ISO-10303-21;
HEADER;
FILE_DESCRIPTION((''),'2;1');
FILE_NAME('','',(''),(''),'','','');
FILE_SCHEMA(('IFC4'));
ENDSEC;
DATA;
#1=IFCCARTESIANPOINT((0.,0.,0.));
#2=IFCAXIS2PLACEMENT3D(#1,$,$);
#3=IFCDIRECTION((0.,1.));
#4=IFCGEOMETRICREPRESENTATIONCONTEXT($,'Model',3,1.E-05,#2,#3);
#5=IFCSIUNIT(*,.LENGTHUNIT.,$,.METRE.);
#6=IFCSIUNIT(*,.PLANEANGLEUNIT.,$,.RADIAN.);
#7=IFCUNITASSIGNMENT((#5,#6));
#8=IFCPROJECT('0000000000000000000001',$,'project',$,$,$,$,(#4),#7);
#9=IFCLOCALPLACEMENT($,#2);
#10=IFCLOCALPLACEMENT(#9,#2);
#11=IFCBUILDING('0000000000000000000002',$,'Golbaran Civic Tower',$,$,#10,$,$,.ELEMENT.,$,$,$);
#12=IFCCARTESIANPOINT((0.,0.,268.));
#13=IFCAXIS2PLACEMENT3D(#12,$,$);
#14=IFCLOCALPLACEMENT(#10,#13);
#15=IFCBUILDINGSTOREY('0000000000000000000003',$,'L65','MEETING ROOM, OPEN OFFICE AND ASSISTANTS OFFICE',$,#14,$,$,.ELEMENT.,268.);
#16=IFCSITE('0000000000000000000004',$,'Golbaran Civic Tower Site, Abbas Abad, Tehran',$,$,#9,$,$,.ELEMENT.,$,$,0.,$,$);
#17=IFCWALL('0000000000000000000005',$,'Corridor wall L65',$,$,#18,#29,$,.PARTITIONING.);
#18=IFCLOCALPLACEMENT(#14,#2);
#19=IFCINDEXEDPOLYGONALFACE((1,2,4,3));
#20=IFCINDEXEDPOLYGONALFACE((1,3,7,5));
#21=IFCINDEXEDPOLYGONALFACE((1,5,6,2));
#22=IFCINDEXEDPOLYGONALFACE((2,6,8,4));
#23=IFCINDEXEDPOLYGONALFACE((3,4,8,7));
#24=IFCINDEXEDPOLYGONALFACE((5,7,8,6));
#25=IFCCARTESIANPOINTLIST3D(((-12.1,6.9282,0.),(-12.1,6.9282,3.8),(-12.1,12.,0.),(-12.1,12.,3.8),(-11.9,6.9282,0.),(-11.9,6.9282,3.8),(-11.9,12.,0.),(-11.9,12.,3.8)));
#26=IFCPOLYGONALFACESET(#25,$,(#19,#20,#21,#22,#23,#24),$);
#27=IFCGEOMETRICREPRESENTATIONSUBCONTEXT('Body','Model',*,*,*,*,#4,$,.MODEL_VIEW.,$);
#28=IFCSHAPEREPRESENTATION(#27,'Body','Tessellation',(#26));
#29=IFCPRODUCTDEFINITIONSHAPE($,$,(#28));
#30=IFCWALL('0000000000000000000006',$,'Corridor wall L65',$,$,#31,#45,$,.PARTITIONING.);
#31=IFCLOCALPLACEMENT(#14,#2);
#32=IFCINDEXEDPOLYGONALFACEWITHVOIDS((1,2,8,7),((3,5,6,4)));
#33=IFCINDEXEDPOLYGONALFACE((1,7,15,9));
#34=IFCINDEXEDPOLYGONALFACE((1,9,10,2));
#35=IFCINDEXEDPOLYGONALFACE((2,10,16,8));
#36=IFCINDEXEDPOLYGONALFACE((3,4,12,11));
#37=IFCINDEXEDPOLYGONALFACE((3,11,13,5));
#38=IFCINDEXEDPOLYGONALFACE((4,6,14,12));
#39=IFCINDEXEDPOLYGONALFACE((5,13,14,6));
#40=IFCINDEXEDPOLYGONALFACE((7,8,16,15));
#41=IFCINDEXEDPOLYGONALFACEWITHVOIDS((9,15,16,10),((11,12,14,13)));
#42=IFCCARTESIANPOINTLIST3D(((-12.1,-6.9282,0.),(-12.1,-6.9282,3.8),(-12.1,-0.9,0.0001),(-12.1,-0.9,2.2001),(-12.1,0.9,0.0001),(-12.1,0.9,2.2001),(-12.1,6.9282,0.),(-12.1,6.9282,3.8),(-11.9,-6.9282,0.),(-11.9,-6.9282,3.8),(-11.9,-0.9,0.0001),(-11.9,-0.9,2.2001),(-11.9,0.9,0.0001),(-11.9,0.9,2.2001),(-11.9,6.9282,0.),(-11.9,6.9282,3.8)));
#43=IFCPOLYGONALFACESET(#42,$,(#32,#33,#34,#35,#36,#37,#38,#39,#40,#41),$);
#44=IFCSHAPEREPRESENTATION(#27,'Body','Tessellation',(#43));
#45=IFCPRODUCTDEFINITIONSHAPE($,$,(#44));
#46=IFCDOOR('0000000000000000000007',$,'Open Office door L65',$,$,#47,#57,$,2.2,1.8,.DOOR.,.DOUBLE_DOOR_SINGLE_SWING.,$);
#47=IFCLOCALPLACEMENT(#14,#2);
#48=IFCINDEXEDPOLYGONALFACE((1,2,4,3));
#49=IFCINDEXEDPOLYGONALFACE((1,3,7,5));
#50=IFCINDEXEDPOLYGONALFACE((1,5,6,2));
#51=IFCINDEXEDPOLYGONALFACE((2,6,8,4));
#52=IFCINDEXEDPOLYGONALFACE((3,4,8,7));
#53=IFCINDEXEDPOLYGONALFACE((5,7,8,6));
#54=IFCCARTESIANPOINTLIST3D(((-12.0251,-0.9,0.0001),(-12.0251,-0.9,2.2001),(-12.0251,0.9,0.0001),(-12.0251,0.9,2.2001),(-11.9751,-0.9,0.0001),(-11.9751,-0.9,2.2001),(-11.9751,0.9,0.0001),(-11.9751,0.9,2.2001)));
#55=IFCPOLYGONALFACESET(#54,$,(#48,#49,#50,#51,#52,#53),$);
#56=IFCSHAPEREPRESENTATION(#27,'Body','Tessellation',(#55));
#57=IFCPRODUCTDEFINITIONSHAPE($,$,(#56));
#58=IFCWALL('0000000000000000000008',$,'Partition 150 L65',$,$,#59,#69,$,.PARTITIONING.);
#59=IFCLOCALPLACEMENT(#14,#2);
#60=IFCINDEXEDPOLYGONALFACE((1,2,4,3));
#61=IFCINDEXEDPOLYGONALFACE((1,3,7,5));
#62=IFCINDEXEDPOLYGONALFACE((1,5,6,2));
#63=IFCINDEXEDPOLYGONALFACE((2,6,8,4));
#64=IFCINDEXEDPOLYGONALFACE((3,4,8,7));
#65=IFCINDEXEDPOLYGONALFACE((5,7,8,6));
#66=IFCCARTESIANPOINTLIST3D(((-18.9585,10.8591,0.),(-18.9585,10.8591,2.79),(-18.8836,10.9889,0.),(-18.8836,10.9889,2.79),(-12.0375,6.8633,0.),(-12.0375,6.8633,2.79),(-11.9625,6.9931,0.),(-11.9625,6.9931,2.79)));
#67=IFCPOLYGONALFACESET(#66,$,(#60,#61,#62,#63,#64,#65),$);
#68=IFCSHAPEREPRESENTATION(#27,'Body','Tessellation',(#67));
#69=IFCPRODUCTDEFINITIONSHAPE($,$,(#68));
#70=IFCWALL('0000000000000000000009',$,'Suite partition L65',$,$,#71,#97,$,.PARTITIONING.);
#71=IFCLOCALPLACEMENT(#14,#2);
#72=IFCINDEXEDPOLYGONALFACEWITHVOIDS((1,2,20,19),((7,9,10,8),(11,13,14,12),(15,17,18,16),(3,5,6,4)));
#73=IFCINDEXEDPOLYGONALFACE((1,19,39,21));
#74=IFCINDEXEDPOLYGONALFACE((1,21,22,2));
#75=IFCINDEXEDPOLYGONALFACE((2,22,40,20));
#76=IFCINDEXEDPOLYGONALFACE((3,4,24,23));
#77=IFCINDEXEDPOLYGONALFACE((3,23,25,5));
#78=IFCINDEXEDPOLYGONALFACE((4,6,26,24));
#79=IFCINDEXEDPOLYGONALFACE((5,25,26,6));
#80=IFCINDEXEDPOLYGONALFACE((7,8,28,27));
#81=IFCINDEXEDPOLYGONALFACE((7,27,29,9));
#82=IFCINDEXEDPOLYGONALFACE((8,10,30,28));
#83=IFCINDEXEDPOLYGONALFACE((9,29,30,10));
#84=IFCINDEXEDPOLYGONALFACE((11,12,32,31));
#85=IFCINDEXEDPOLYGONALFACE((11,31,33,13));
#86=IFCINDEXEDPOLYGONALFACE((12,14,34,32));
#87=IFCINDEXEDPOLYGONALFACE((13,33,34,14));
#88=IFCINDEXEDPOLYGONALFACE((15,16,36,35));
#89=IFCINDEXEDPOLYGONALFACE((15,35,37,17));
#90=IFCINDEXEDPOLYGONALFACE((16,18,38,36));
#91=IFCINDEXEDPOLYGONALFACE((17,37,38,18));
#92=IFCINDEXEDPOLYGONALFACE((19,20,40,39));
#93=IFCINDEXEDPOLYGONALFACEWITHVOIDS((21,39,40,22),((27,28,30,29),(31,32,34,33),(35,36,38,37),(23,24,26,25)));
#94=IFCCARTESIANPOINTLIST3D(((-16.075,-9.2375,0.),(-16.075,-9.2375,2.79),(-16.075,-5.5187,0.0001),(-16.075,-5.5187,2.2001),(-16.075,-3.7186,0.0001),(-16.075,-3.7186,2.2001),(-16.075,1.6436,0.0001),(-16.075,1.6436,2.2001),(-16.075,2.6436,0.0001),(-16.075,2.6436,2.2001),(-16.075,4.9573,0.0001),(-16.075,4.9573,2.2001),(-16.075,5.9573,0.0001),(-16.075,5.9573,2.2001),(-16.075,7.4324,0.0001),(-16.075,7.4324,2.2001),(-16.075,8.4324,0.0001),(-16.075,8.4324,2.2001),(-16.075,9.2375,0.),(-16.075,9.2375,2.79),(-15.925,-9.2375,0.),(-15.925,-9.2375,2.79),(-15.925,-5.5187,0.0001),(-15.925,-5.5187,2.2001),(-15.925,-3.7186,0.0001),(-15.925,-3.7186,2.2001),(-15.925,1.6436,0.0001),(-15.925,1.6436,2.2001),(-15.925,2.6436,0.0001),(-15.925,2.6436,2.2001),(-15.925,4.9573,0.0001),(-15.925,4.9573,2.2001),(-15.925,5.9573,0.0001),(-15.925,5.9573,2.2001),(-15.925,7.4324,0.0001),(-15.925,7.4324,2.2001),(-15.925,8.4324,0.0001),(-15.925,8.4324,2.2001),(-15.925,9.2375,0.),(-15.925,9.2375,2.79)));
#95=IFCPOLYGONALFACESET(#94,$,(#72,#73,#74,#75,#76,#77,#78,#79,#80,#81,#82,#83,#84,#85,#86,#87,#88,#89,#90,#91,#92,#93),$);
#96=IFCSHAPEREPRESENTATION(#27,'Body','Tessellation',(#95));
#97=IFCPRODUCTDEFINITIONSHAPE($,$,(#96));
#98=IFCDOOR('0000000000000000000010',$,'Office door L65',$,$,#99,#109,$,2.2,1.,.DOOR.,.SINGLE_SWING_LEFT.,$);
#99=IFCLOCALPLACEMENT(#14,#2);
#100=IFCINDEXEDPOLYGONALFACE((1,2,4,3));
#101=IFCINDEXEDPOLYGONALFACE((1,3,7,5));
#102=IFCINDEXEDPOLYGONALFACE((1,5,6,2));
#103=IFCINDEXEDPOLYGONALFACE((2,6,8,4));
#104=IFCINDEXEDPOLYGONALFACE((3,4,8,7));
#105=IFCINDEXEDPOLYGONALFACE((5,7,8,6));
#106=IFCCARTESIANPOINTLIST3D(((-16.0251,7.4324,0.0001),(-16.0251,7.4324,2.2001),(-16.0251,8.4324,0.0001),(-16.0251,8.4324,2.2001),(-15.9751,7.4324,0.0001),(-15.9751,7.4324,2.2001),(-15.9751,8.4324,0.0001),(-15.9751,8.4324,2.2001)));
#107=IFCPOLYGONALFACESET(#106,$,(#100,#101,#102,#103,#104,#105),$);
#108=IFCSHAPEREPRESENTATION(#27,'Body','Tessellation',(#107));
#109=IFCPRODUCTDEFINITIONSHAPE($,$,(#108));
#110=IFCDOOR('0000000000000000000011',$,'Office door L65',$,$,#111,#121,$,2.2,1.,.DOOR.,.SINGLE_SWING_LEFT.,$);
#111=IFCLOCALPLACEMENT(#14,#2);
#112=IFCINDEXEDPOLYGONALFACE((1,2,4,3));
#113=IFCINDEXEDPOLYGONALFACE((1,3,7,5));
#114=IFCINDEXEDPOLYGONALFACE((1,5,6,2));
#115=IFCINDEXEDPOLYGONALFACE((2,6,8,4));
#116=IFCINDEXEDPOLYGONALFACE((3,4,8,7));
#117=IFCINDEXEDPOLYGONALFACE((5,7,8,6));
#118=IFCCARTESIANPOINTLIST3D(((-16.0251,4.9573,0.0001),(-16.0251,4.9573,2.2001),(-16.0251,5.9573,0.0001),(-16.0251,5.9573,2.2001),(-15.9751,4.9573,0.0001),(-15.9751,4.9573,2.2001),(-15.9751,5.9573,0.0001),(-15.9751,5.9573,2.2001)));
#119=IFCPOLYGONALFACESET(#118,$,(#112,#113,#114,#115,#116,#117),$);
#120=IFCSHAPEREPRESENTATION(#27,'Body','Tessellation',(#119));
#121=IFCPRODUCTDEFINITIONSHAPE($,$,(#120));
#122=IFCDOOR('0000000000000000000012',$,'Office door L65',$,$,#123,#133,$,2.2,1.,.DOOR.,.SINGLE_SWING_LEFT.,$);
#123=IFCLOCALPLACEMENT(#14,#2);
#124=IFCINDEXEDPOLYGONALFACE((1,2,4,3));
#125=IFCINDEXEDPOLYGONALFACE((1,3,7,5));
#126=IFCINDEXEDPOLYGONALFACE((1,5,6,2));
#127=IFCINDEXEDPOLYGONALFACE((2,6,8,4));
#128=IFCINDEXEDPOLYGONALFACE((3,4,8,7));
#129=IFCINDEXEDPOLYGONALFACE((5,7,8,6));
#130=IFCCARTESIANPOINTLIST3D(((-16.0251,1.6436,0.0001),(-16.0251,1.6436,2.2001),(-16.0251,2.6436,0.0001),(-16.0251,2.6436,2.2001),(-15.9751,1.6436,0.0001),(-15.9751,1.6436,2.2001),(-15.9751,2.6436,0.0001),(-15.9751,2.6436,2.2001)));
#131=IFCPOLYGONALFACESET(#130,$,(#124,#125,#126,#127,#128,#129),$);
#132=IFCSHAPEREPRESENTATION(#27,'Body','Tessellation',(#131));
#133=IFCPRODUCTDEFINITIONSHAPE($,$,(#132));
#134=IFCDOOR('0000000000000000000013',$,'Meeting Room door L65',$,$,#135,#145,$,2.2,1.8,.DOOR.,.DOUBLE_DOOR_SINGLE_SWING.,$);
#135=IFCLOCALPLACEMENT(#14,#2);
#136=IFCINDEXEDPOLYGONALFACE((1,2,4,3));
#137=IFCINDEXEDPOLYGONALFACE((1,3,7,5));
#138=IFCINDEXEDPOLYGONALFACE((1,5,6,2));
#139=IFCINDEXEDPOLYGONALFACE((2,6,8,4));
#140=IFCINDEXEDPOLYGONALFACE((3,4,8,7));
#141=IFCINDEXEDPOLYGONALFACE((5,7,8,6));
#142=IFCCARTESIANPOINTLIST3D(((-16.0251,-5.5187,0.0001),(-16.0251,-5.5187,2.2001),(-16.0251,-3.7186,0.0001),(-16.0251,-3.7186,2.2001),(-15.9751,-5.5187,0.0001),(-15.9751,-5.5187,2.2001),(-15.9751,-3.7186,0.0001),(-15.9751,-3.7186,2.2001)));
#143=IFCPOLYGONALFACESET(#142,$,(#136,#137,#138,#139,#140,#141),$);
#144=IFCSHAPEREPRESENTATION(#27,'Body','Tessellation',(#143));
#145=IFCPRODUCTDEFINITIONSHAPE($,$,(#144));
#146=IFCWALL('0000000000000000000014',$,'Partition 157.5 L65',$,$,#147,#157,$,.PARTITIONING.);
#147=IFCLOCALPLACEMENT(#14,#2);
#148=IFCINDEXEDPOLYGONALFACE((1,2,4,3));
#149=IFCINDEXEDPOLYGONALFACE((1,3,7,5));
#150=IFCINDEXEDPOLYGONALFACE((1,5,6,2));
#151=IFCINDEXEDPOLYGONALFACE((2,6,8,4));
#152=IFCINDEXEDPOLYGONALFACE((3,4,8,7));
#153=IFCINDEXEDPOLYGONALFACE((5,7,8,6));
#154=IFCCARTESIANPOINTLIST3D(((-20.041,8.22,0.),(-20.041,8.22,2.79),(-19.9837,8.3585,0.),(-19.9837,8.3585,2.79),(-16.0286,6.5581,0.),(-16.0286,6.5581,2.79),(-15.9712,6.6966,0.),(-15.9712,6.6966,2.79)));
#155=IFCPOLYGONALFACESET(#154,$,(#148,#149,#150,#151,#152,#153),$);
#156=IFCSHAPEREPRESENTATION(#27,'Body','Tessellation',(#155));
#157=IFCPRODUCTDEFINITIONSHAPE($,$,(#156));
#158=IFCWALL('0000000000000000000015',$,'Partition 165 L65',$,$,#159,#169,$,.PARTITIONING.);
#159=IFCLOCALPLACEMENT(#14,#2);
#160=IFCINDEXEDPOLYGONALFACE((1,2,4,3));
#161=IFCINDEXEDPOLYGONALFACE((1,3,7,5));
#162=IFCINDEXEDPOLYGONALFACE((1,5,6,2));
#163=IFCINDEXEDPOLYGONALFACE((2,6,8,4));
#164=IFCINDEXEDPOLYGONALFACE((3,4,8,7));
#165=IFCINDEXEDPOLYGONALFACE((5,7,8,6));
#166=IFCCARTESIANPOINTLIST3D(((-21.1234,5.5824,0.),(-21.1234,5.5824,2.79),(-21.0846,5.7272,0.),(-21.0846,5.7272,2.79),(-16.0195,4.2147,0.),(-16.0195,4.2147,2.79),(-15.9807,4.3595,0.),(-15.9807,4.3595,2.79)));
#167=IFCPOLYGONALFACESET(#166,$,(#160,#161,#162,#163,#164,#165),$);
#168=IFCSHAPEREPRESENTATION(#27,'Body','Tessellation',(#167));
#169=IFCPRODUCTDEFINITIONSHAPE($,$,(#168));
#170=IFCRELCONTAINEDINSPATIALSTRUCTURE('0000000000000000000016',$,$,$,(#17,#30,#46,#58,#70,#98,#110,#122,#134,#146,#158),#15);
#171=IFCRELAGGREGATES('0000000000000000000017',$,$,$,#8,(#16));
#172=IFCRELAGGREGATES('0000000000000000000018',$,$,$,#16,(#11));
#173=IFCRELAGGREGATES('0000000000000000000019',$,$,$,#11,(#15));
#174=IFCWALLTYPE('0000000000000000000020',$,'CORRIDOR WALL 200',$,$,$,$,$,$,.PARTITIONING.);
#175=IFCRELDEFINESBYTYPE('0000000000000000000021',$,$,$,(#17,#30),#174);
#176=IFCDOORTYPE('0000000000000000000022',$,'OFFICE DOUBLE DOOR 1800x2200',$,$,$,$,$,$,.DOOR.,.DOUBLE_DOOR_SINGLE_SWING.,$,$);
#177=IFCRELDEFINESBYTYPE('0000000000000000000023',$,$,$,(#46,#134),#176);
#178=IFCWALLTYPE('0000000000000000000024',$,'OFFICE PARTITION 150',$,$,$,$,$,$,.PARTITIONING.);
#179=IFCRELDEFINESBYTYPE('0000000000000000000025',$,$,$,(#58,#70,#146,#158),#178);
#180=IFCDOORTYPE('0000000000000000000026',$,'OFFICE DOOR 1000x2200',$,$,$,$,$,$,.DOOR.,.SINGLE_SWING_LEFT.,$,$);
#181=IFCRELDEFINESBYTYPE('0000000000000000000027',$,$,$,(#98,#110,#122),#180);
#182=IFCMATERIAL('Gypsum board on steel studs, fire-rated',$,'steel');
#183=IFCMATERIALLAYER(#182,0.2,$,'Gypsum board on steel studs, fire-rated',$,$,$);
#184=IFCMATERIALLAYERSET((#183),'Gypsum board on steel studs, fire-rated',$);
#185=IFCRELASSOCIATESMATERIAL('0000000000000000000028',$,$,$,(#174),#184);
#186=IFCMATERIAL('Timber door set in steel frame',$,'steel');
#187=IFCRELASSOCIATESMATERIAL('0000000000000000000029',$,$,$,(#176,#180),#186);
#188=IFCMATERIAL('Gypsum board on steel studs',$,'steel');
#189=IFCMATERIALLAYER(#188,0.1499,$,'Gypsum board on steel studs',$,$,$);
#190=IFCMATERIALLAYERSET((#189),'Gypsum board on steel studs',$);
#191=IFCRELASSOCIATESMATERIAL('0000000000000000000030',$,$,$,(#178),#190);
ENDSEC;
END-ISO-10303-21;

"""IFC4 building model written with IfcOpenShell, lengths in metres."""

from ifc_helpers import new_model, si_unit, direction, frame, frame_2d, origin, place, context, subcontext, project, spatial, rectangle, extrude, material, layer, layer_set, type_object, element, fill, save


model = new_model("IFC4")

# Units and contexts
model_context = context("Model", 3, precision=1e-05, world=origin(), true_north=direction((0.0, 1.0)))
body_context = subcontext(model_context, "Body", "Model", "MODEL_VIEW")
ifc_project = project(units=[si_unit("LENGTHUNIT", "METRE"), si_unit("PLANEANGLEUNIT", "RADIAN")], contexts=[model_context])

# Site, building, storey
site_placement = place(None, origin())
site = spatial("IfcSite", under=ifc_project, at=site_placement, Name="Golbaran Civic Tower Site, Abbas Abad, Tehran", CompositionType="ELEMENT", RefElevation=0.0)
building_placement = place(site_placement, origin())
building = spatial("IfcBuilding", under=site, at=building_placement, Name="Golbaran Civic Tower", CompositionType="ELEMENT")
storey_placement = place(building_placement, frame((0.0, 0.0, 268.0)))
storey = spatial("IfcBuildingStorey", under=building, at=storey_placement, Name="L65", Description="MEETING ROOM, OPEN OFFICE AND ASSISTANTS OFFICE", CompositionType="ELEMENT", Elevation=268.0)

# Shared definitions
ifc_material_1 = material(Name="Timber door set in steel frame", Category="steel")

# Wall
ifc_material_2 = material(Name="Gypsum board on steel studs, fire-rated", Category="steel")
ifc_layer_1 = layer(ifc_material_2, 0.2, Name="Gypsum board on steel studs, fire-rated")
ifc_layer_set_1 = layer_set([ifc_layer_1], Name="Gypsum board on steel studs, fire-rated")
wall_type_1 = type_object("IfcWallType", Name="CORRIDOR WALL 200", PredefinedType="PARTITIONING", material=ifc_layer_set_1)
wall_1_placement = place(storey_placement, frame((-12.0, 12.0, 0.0), z_axis=(0.0, 0.0, 1.0), x_axis=(0.0, -1.0, 0.0)))
element("IfcWall", 1, at=wall_1_placement, inside=storey, type_object=wall_type_1, Name="Corridor wall L65", PredefinedType="PARTITIONING", context=body_context, shape_type="SweptSolid", body=[
    extrude(rectangle(XDim=5.0718, YDim=0.2, at=frame_2d((2.5359, 0.0))), origin(), (0.0, 0.0, 1.0), 3.8),
])

# Wall, opening, door
wall_2_placement = place(storey_placement, frame((-12.0, 6.9282, 0.0), z_axis=(0.0, 0.0, 1.0), x_axis=(0.0, -1.0, 0.0)))
wall_2 = element("IfcWall", 2, at=wall_2_placement, inside=storey, type_object=wall_type_1, Name="Corridor wall L65", PredefinedType="PARTITIONING", context=body_context, shape_type="SweptSolid", body=[
    extrude(rectangle(XDim=13.8564, YDim=0.2, at=frame_2d((6.9282, 0.0))), origin(), (0.0, 0.0, 1.0), 3.8),
])
opening_1_placement = place(wall_2_placement, frame((6.0283, 0.0, 0.0)))
opening_1 = element("IfcOpeningElement", 3, at=opening_1_placement, cuts=wall_2, PredefinedType="OPENING", context=body_context, shape_type="SweptSolid", body=[
    extrude(rectangle(XDim=1.8, YDim=2.2, at=frame_2d((0.8999, 1.1001))), frame((0.0, 0.1099, 0.0), z_axis=(0.0, -1.0, 0.0), x_axis=(1.0, 0.0, 0.0)), (0.0, 0.0, 1.0), 0.22),
])
door_type_1 = type_object("IfcDoorType", Name="OFFICE DOUBLE DOOR 1800x2200", OperationType="DOUBLE_DOOR_SINGLE_SWING", PredefinedType="DOOR", material=ifc_material_1)
door_1_placement = place(opening_1_placement, origin())
door_1 = element("IfcDoor", 4, at=door_1_placement, inside=storey, type_object=door_type_1, Name="Open Office door L65", OperationType="DOUBLE_DOOR_SINGLE_SWING", OverallHeight=2.2, OverallWidth=1.8, PredefinedType="DOOR", context=body_context, shape_type="SweptSolid", body=[
    extrude(rectangle(XDim=1.8, YDim=2.2, at=frame_2d((0.8999, 1.1001))), frame((0.0, 0.0249, 0.0), z_axis=(0.0, -1.0, 0.0), x_axis=(1.0, 0.0, 0.0)), (0.0, 0.0, 1.0), 0.05),
])
fill(opening_1, door_1)

# Wall
ifc_material_3 = material(Name="Gypsum board on steel studs", Category="steel")
ifc_layer_2 = layer(ifc_material_3, 0.1499, Name="Gypsum board on steel studs")
ifc_layer_set_2 = layer_set([ifc_layer_2], Name="Gypsum board on steel studs")
wall_type_2 = type_object("IfcWallType", Name="OFFICE PARTITION 150", PredefinedType="PARTITIONING", material=ifc_layer_set_2)
wall_3_placement = place(storey_placement, frame((-12.0, 6.9282, 0.0), z_axis=(0.0, 0.0, 1.0), x_axis=(-0.866029, 0.499993, 0.0)))
element("IfcWall", 5, at=wall_3_placement, inside=storey, type_object=wall_type_2, Name="Partition 150 L65", PredefinedType="PARTITIONING", context=body_context, shape_type="SweptSolid", body=[
    extrude(rectangle(XDim=7.9917, YDim=0.1499, at=frame_2d((3.9958, 0.0))), origin(), (0.0, 0.0, 1.0), 2.79),
])

# Wall, openings, doors
wall_4_placement = place(storey_placement, frame((-16.0, 9.2375, 0.0), z_axis=(0.0, 0.0, 1.0), x_axis=(0.0, -1.0, 0.0)))
wall_4 = element("IfcWall", 6, at=wall_4_placement, inside=storey, type_object=wall_type_2, Name="Suite partition L65", PredefinedType="PARTITIONING", context=body_context, shape_type="SweptSolid", body=[
    extrude(rectangle(XDim=18.4751, YDim=0.1499, at=frame_2d((9.2375, 0.0))), origin(), (0.0, 0.0, 1.0), 2.79),
])
opening_2_placement = place(wall_4_placement, frame((0.8052, 0.0, 0.0)))
opening_2 = element("IfcOpeningElement", 7, at=opening_2_placement, cuts=wall_4, PredefinedType="OPENING", context=body_context, shape_type="SweptSolid", body=[
    extrude(rectangle(XDim=1.0, YDim=2.2, at=frame_2d((0.5, 1.1001))), frame((0.0, 0.085, 0.0), z_axis=(0.0, -1.0, 0.0), x_axis=(1.0, 0.0, 0.0)), (0.0, 0.0, 1.0), 0.1699),
])
opening_3_placement = place(wall_4_placement, frame((3.2803, 0.0, 0.0)))
opening_3 = element("IfcOpeningElement", 8, at=opening_3_placement, cuts=wall_4, PredefinedType="OPENING", context=body_context, shape_type="SweptSolid", body=[
    extrude(rectangle(XDim=1.0, YDim=2.2, at=frame_2d((0.5, 1.1001))), frame((0.0, 0.085, 0.0), z_axis=(0.0, -1.0, 0.0), x_axis=(1.0, 0.0, 0.0)), (0.0, 0.0, 1.0), 0.1699),
])
opening_4_placement = place(wall_4_placement, frame((6.594, 0.0, 0.0)))
opening_4 = element("IfcOpeningElement", 9, at=opening_4_placement, cuts=wall_4, PredefinedType="OPENING", context=body_context, shape_type="SweptSolid", body=[
    extrude(rectangle(XDim=1.0, YDim=2.2, at=frame_2d((0.5, 1.1001))), frame((0.0, 0.085, 0.0), z_axis=(0.0, -1.0, 0.0), x_axis=(1.0, 0.0, 0.0)), (0.0, 0.0, 1.0), 0.1699),
])
opening_5_placement = place(wall_4_placement, frame((12.9563, 0.0, 0.0)))
opening_5 = element("IfcOpeningElement", 10, at=opening_5_placement, cuts=wall_4, PredefinedType="OPENING", context=body_context, shape_type="SweptSolid", body=[
    extrude(rectangle(XDim=1.8, YDim=2.2, at=frame_2d((0.8999, 1.1001))), frame((0.0, 0.085, 0.0), z_axis=(0.0, -1.0, 0.0), x_axis=(1.0, 0.0, 0.0)), (0.0, 0.0, 1.0), 0.1699),
])
door_type_2 = type_object("IfcDoorType", Name="OFFICE DOOR 1000x2200", OperationType="SINGLE_SWING_LEFT", PredefinedType="DOOR", material=ifc_material_1)
door_2_placement = place(opening_2_placement, origin())
door_2 = element("IfcDoor", 11, at=door_2_placement, inside=storey, type_object=door_type_2, Name="Office door L65", OperationType="SINGLE_SWING_LEFT", OverallHeight=2.2, OverallWidth=1.0, PredefinedType="DOOR", context=body_context, shape_type="SweptSolid", body=[
    extrude(rectangle(XDim=1.0, YDim=2.2, at=frame_2d((0.5, 1.1001))), frame((0.0, 0.0249, 0.0), z_axis=(0.0, -1.0, 0.0), x_axis=(1.0, 0.0, 0.0)), (0.0, 0.0, 1.0), 0.05),
])
fill(opening_2, door_2)
door_3_placement = place(opening_3_placement, origin())
door_3 = element("IfcDoor", 12, at=door_3_placement, inside=storey, type_object=door_type_2, Name="Office door L65", OperationType="SINGLE_SWING_LEFT", OverallHeight=2.2, OverallWidth=1.0, PredefinedType="DOOR", context=body_context, shape_type="SweptSolid", body=[
    extrude(rectangle(XDim=1.0, YDim=2.2, at=frame_2d((0.5, 1.1001))), frame((0.0, 0.0249, 0.0), z_axis=(0.0, -1.0, 0.0), x_axis=(1.0, 0.0, 0.0)), (0.0, 0.0, 1.0), 0.05),
])
fill(opening_3, door_3)
door_4_placement = place(opening_4_placement, origin())
door_4 = element("IfcDoor", 13, at=door_4_placement, inside=storey, type_object=door_type_2, Name="Office door L65", OperationType="SINGLE_SWING_LEFT", OverallHeight=2.2, OverallWidth=1.0, PredefinedType="DOOR", context=body_context, shape_type="SweptSolid", body=[
    extrude(rectangle(XDim=1.0, YDim=2.2, at=frame_2d((0.5, 1.1001))), frame((0.0, 0.0249, 0.0), z_axis=(0.0, -1.0, 0.0), x_axis=(1.0, 0.0, 0.0)), (0.0, 0.0, 1.0), 0.05),
])
fill(opening_4, door_4)
door_5_placement = place(opening_5_placement, origin())
door_5 = element("IfcDoor", 14, at=door_5_placement, inside=storey, type_object=door_type_1, Name="Meeting Room door L65", OperationType="DOUBLE_DOOR_SINGLE_SWING", OverallHeight=2.2, OverallWidth=1.8, PredefinedType="DOOR", context=body_context, shape_type="SweptSolid", body=[
    extrude(rectangle(XDim=1.8, YDim=2.2, at=frame_2d((0.8999, 1.1001))), frame((0.0, 0.0249, 0.0), z_axis=(0.0, -1.0, 0.0), x_axis=(1.0, 0.0, 0.0)), (0.0, 0.0, 1.0), 0.05),
])
fill(opening_5, door_5)

# Walls
wall_5_placement = place(storey_placement, frame((-16.0, 6.6274, 0.0), z_axis=(0.0, 0.0, 1.0), x_axis=(-0.923891, 0.382655, 0.0)))
element("IfcWall", 15, at=wall_5_placement, inside=storey, type_object=wall_type_2, Name="Partition 157.5 L65", PredefinedType="PARTITIONING", context=body_context, shape_type="SweptSolid", body=[
    extrude(rectangle(XDim=4.343, YDim=0.1499, at=frame_2d((2.1714, 0.0))), origin(), (0.0, 0.0, 1.0), 2.79),
])
wall_6_placement = place(storey_placement, frame((-16.0, 4.2871, 0.0), z_axis=(0.0, 0.0, 1.0), x_axis=(-0.96592, 0.258842, 0.0)))
element("IfcWall", 16, at=wall_6_placement, inside=storey, type_object=wall_type_2, Name="Partition 165 L65", PredefinedType="PARTITIONING", context=body_context, shape_type="SweptSolid", body=[
    extrude(rectangle(XDim=5.2839, YDim=0.1499, at=frame_2d((2.6421, 0.0))), origin(), (0.0, 0.0, 1.0), 2.79),
])

save(model, "model.ifc")
